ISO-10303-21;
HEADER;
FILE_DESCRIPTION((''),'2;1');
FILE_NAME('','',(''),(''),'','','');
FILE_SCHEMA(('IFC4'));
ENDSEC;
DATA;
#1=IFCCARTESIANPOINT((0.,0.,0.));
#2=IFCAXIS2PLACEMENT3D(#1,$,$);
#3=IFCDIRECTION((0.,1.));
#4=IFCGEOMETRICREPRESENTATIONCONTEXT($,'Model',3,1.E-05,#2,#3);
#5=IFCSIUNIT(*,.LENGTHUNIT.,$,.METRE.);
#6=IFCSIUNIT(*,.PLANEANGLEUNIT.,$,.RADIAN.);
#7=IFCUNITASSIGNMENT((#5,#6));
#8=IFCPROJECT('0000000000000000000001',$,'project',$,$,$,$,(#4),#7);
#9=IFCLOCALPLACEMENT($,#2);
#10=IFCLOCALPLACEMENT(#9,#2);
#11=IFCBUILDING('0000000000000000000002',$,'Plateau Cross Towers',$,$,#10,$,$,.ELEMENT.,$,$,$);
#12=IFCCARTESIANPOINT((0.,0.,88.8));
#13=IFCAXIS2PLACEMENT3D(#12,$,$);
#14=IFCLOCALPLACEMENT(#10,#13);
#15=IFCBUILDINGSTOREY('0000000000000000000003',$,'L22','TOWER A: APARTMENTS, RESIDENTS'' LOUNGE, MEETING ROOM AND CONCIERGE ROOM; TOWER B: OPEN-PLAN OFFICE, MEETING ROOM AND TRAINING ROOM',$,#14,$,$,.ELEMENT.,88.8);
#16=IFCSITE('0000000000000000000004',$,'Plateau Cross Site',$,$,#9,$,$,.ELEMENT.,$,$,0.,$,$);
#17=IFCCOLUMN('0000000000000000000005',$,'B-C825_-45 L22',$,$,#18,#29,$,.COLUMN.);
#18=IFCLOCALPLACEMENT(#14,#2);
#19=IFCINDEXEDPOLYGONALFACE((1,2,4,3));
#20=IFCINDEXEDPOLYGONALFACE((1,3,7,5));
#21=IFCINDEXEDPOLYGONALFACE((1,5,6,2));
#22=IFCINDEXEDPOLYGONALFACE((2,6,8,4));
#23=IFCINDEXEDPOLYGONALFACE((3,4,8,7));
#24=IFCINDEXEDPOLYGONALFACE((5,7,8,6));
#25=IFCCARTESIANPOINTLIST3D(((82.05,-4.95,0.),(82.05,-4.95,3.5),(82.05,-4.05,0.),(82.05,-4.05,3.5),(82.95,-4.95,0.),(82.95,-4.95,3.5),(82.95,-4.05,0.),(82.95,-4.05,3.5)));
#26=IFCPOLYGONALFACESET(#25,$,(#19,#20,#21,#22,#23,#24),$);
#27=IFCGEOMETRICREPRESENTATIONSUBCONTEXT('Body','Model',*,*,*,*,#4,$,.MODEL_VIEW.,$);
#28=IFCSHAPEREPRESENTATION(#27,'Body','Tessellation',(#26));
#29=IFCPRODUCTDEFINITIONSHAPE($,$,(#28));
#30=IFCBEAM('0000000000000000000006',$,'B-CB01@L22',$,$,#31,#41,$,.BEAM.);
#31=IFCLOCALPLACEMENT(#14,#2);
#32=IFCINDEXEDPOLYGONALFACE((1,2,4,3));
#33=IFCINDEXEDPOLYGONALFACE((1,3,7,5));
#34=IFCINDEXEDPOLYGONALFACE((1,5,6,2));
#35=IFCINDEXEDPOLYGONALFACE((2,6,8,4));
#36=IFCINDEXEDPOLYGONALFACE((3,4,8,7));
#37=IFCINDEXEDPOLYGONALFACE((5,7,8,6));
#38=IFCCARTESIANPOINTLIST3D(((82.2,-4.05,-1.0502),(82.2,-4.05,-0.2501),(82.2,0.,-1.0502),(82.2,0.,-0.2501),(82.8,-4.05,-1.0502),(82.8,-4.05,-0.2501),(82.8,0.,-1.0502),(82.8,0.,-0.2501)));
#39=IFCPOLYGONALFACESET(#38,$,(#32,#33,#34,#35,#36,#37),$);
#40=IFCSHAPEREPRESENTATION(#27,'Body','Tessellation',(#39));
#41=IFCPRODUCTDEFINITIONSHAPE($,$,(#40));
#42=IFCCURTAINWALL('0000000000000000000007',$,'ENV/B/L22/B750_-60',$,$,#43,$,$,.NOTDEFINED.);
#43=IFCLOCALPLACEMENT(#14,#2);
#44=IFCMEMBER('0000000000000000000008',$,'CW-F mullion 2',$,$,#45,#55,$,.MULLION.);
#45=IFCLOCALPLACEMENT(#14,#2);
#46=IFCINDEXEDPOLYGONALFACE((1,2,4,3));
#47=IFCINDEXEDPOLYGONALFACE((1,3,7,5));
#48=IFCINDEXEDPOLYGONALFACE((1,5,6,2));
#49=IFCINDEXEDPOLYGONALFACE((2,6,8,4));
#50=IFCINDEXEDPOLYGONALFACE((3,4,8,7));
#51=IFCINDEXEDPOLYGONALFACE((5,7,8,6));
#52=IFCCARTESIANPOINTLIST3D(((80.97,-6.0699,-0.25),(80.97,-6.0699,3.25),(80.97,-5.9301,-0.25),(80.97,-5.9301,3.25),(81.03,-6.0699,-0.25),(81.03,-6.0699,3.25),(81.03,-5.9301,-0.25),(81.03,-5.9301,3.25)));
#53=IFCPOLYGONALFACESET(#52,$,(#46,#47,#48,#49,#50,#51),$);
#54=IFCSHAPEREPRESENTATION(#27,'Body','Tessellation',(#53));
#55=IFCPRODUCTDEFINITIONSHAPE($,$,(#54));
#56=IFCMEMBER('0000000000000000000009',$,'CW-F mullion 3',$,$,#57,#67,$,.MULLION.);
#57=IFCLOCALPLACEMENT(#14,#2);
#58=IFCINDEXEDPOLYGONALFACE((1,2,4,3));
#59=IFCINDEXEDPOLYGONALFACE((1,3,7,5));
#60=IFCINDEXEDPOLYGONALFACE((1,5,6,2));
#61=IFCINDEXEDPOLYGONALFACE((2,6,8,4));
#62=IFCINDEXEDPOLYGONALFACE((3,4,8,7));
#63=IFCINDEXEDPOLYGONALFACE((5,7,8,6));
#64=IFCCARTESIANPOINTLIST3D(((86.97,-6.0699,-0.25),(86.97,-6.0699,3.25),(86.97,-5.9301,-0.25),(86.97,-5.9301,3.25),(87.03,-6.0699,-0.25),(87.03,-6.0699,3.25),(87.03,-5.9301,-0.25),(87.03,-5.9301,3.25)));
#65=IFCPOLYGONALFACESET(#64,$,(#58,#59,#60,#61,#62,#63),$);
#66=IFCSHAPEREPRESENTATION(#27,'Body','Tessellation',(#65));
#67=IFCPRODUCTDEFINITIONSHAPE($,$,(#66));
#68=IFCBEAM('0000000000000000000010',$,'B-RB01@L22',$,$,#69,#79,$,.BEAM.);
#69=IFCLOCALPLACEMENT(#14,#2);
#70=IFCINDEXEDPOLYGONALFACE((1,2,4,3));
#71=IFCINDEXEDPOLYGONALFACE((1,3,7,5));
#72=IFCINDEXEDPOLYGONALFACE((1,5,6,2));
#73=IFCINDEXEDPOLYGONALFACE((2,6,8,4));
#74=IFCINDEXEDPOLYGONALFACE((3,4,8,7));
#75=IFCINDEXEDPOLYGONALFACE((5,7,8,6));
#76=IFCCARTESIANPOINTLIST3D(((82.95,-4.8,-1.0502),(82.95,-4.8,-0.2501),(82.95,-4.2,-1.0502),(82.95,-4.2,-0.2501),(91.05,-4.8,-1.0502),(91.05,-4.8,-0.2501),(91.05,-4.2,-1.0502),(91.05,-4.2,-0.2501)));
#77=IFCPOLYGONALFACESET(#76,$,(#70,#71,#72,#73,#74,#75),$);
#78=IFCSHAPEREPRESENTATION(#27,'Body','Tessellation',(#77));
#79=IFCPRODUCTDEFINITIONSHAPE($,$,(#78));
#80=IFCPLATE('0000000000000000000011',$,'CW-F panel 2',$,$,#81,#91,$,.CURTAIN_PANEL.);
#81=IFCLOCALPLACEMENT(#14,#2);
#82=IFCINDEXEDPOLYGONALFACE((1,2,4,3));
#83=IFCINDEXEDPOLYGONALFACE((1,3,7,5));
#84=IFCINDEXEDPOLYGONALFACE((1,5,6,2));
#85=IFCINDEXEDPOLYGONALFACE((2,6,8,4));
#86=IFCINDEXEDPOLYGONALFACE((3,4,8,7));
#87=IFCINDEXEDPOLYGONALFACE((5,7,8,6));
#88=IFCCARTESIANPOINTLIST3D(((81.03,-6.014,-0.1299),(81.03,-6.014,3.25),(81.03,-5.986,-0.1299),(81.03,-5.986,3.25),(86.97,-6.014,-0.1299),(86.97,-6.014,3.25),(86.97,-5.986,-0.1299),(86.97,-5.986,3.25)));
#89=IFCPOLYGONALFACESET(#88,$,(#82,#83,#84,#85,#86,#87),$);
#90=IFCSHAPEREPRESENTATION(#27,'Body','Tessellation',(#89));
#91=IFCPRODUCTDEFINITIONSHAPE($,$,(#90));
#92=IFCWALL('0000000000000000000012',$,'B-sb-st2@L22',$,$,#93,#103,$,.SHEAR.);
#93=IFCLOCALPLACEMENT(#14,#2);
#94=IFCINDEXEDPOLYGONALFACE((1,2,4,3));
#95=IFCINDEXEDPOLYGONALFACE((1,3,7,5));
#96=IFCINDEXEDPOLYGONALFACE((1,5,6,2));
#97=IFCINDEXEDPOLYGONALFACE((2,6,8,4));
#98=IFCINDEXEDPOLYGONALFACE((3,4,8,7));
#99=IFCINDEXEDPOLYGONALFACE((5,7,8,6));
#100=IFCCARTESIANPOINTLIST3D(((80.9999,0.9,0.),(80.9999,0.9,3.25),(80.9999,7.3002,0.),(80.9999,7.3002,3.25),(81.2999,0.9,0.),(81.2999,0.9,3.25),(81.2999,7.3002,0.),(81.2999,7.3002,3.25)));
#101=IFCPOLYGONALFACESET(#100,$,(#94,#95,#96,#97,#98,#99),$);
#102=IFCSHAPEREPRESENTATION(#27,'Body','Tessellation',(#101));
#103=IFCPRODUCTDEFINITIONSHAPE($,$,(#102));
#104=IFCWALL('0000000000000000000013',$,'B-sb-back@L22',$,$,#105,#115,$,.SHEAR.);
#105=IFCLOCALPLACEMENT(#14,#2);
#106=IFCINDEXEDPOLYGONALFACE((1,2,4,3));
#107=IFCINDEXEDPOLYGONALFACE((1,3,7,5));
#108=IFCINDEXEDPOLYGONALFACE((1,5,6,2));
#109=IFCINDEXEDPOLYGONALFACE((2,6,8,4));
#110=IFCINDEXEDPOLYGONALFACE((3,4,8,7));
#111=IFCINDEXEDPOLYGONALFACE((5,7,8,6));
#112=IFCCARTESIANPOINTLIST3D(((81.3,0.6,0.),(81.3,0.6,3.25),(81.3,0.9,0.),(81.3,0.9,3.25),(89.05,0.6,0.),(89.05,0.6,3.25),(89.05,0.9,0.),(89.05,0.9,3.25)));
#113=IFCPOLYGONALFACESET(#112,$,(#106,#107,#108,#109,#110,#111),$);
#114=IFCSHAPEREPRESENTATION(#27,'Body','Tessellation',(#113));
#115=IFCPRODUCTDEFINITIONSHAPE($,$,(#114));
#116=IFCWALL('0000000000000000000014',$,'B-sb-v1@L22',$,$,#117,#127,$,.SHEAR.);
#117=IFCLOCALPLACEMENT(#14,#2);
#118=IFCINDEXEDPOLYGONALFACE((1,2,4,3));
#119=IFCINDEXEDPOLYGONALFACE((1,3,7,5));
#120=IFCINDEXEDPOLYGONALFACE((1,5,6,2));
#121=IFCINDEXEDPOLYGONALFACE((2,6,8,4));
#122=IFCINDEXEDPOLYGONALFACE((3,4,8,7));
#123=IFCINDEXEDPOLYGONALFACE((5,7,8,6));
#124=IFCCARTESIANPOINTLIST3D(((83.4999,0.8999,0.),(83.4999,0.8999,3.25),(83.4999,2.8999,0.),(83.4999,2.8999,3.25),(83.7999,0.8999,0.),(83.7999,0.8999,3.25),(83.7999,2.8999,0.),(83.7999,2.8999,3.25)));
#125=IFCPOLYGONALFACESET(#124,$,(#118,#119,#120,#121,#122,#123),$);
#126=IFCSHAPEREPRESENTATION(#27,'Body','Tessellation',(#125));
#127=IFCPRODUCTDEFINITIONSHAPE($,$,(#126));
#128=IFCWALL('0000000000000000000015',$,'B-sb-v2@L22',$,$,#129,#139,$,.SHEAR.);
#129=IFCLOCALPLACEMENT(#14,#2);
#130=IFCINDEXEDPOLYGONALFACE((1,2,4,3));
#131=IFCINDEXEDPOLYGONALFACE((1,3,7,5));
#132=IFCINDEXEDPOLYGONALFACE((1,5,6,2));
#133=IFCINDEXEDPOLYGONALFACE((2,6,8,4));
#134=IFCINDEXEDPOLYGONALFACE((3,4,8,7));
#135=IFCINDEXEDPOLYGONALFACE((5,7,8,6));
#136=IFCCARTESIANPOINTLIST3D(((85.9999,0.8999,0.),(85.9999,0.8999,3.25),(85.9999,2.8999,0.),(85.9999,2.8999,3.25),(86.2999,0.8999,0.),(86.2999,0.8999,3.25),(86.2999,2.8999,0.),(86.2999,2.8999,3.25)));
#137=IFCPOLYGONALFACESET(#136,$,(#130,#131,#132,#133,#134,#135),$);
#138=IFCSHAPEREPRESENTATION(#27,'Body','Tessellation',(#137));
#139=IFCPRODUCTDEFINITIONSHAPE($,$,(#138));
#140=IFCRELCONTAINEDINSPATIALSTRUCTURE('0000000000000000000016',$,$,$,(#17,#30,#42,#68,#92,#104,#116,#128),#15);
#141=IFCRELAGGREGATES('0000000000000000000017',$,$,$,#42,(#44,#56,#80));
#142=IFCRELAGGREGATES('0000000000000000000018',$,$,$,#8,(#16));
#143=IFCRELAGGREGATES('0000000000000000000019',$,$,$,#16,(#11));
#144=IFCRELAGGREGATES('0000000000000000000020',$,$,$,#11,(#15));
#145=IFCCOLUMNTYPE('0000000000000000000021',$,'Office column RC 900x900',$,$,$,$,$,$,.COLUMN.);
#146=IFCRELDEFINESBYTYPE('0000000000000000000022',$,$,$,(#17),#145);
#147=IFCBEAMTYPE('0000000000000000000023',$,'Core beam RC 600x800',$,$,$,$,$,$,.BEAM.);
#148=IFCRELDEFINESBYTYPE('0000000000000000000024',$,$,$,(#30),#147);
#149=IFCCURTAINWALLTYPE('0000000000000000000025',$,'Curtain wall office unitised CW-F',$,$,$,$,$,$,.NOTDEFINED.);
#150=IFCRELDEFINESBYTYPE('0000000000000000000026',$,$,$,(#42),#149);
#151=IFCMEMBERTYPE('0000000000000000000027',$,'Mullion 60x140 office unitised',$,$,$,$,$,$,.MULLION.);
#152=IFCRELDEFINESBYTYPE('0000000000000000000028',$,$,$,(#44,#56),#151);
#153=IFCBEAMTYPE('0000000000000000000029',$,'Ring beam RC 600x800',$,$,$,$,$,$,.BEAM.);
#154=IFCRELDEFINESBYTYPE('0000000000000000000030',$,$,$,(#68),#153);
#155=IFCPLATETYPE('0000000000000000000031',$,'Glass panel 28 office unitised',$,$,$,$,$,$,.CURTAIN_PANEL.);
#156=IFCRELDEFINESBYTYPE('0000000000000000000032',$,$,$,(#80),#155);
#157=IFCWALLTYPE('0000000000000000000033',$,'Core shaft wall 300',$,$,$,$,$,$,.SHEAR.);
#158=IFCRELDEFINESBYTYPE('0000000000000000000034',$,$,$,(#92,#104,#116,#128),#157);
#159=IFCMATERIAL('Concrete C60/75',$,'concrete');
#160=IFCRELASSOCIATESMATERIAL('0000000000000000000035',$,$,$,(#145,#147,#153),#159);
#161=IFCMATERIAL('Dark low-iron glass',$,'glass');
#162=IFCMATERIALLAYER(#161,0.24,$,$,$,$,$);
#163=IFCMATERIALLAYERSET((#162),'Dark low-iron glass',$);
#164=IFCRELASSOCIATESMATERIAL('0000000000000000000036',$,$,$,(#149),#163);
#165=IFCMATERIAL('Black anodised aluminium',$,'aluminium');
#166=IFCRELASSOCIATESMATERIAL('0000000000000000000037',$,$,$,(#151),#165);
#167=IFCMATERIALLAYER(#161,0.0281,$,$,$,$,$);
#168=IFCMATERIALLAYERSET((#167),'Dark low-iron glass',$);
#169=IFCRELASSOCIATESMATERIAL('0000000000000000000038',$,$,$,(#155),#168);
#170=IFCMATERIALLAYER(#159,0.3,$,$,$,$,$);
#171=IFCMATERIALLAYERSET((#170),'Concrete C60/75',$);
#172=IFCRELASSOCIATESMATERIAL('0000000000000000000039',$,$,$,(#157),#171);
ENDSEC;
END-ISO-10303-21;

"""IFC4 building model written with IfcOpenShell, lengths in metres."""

from ifc_helpers import new_model, si_unit, direction, frame, frame_2d, origin, origin_2d, place, context, subcontext, project, spatial, rectangle, extrude, material, layer, layer_set, material_profile, profile_set, type_object, element, aggregate, save


model = new_model("IFC4")

# Units and contexts
model_context = context("Model", 3, precision=1e-05, world=origin(), true_north=direction((0.0, 1.0)))
body_context = subcontext(model_context, "Body", "Model", "MODEL_VIEW")
ifc_project = project(units=[si_unit("LENGTHUNIT", "METRE"), si_unit("PLANEANGLEUNIT", "RADIAN")], contexts=[model_context])

# Site, building, storey
site_placement = place(None, origin())
site = spatial("IfcSite", under=ifc_project, at=site_placement, Name="Plateau Cross Site", CompositionType="ELEMENT", RefElevation=0.0)
building_placement = place(site_placement, origin())
building = spatial("IfcBuilding", under=site, at=building_placement, Name="Plateau Cross Towers", CompositionType="ELEMENT")
storey_placement = place(building_placement, frame((0.0, 0.0, 88.8)))
storey = spatial("IfcBuildingStorey", under=building, at=storey_placement, Name="L22", Description="TOWER A: APARTMENTS, RESIDENTS' LOUNGE, MEETING ROOM AND CONCIERGE ROOM; TOWER B: OPEN-PLAN OFFICE, MEETING ROOM AND TRAINING ROOM", CompositionType="ELEMENT", Elevation=88.8)

# Column
ifc_material_1 = material(Name="Concrete C60/75", Category="concrete")
ifc_material_profile_1 = material_profile(ifc_material_1, rectangle(XDim=0.8999, YDim=0.8999, at=origin_2d()), Name="RC 900x900")
ifc_profile_set_1 = profile_set([ifc_material_profile_1], Name="Concrete C60/75")
column_type = type_object("IfcColumnType", Name="Office column RC 900x900", PredefinedType="COLUMN", material=ifc_profile_set_1)
column_placement = place(storey_placement, frame((82.5, -4.5, 0.0), z_axis=(0.0, 0.0, 1.0), x_axis=(1.0, 0.0, 0.0)))
element("IfcColumn", 1, at=column_placement, inside=storey, type_object=column_type, Name="B-C825_-45 L22", PredefinedType="COLUMN", context=body_context, shape_type="SweptSolid", body=[
    extrude(rectangle(XDim=0.8999, YDim=0.8999, at=origin_2d()), origin(), (0.0, 0.0, 1.0), 3.5),
])

# Beam
ifc_material_profile_2 = material_profile(ifc_material_1, rectangle(XDim=0.6001, YDim=0.8, at=origin_2d()), Name="RC 600x800")
ifc_profile_set_2 = profile_set([ifc_material_profile_2], Name="Concrete C60/75")
beam_type_1 = type_object("IfcBeamType", Name="Core beam RC 600x800", PredefinedType="BEAM", material=ifc_profile_set_2)
beam_1_placement = place(storey_placement, frame((82.5, 0.0, -0.6501), z_axis=(0.0, -1.0, 0.0), x_axis=(1.0, 0.0, 0.0)))
element("IfcBeam", 2, at=beam_1_placement, inside=storey, type_object=beam_type_1, Name="B-CB01@L22", PredefinedType="BEAM", context=body_context, shape_type="SweptSolid", body=[
    extrude(rectangle(XDim=0.6001, YDim=0.8, at=origin_2d()), origin(), (0.0, 0.0, 1.0), 4.05),
])

# Curtain wall, members
ifc_material_2 = material(Name="Dark low-iron glass", Category="glass")
ifc_layer_1 = layer(ifc_material_2, 0.24)
ifc_layer_set_1 = layer_set([ifc_layer_1], Name="Dark low-iron glass")
curtain_wall_type = type_object("IfcCurtainWallType", Name="Curtain wall office unitised CW-F", PredefinedType="NOTDEFINED", material=ifc_layer_set_1)
curtain_wall_placement = place(storey_placement, origin())
curtain_wall = element("IfcCurtainWall", 3, at=curtain_wall_placement, inside=storey, type_object=curtain_wall_type, Name="ENV/B/L22/B750_-60", PredefinedType="NOTDEFINED")
ifc_material_3 = material(Name="Black anodised aluminium", Category="aluminium")
ifc_material_profile_3 = material_profile(ifc_material_3, rectangle(XDim=0.0601, YDim=0.1399, at=origin_2d()), Name="MULLION 60x140")
ifc_profile_set_3 = profile_set([ifc_material_profile_3], Name="Black anodised aluminium")
member_type = type_object("IfcMemberType", Name="Mullion 60x140 office unitised", PredefinedType="MULLION", material=ifc_profile_set_3)
member_1_placement = place(storey_placement, frame((81.0, -6.0, -0.25), z_axis=(0.0, 0.0, 1.0), x_axis=(1.0, 0.0, 0.0)))
member_1 = element("IfcMember", 4, at=member_1_placement, type_object=member_type, Name="CW-F mullion 2", PredefinedType="MULLION", context=body_context, shape_type="SweptSolid", body=[
    extrude(rectangle(XDim=0.0601, YDim=0.1399, at=origin_2d()), origin(), (0.0, 0.0, 1.0), 3.5),
])
member_2_placement = place(storey_placement, frame((87.0, -6.0, -0.25), z_axis=(0.0, 0.0, 1.0), x_axis=(1.0, 0.0, 0.0)))
member_2 = element("IfcMember", 5, at=member_2_placement, type_object=member_type, Name="CW-F mullion 3", PredefinedType="MULLION", context=body_context, shape_type="SweptSolid", body=[
    extrude(rectangle(XDim=0.0601, YDim=0.1399, at=origin_2d()), origin(), (0.0, 0.0, 1.0), 3.5),
])

# Beam
ifc_material_profile_4 = material_profile(ifc_material_1, rectangle(XDim=0.6001, YDim=0.8, at=origin_2d()), Name="RC 600x800")
ifc_profile_set_4 = profile_set([ifc_material_profile_4], Name="Concrete C60/75")
beam_type_2 = type_object("IfcBeamType", Name="Ring beam RC 600x800", PredefinedType="BEAM", material=ifc_profile_set_4)
beam_2_placement = place(storey_placement, frame((82.95, -4.5, -0.6501), z_axis=(1.0, 0.0, 0.0), x_axis=(0.0, 1.0, 0.0)))
element("IfcBeam", 6, at=beam_2_placement, inside=storey, type_object=beam_type_2, Name="B-RB01@L22", PredefinedType="BEAM", context=body_context, shape_type="SweptSolid", body=[
    extrude(rectangle(XDim=0.6001, YDim=0.8, at=origin_2d()), origin(), (0.0, 0.0, 1.0), 8.1001),
])

# Plate
ifc_layer_2 = layer(ifc_material_2, 0.0281)
ifc_layer_set_2 = layer_set([ifc_layer_2], Name="Dark low-iron glass")
plate_type = type_object("IfcPlateType", Name="Glass panel 28 office unitised", PredefinedType="CURTAIN_PANEL", material=ifc_layer_set_2)
plate_placement = place(storey_placement, frame((84.0, -6.0, -0.1299), z_axis=(0.0, 0.0, 1.0), x_axis=(1.0, 0.0, 0.0)))
plate = element("IfcPlate", 7, at=plate_placement, type_object=plate_type, Name="CW-F panel 2", PredefinedType="CURTAIN_PANEL", context=body_context, shape_type="SweptSolid", body=[
    extrude(rectangle(XDim=5.9399, YDim=0.0281, at=origin_2d()), origin(), (0.0, 0.0, 1.0), 3.3799),
])
aggregate(curtain_wall, [member_1, member_2, plate])

# Walls
ifc_layer_3 = layer(ifc_material_1, 0.3)
ifc_layer_set_3 = layer_set([ifc_layer_3], Name="Concrete C60/75")
wall_type_1 = type_object("IfcWallType", Name="Core shaft wall 300", PredefinedType="SHEAR", material=ifc_layer_set_3)
wall_1_placement = place(storey_placement, frame((81.1499, 0.8999, 0.0), z_axis=(0.0, 0.0, 1.0), x_axis=(0.0, 1.0, 0.0)))
element("IfcWall", 8, at=wall_1_placement, inside=storey, type_object=wall_type_1, Name="B-sb-st2@L22", PredefinedType="SHEAR", context=body_context, shape_type="SweptSolid", body=[
    extrude(rectangle(XDim=6.4001, YDim=0.3, at=frame_2d((3.2002, 0.0))), origin(), (0.0, 0.0, 1.0), 3.25),
])
wall_2_placement = place(storey_placement, frame((81.3, 0.75, 0.0), z_axis=(0.0, 0.0, 1.0), x_axis=(1.0, 0.0, 0.0)))
element("IfcWall", 9, at=wall_2_placement, inside=storey, type_object=wall_type_1, Name="B-sb-back@L22", PredefinedType="SHEAR", context=body_context, shape_type="SweptSolid", body=[
    extrude(rectangle(XDim=7.75, YDim=0.3, at=frame_2d((3.875, 0.0))), origin(), (0.0, 0.0, 1.0), 3.25),
])
for number, where, z_axis, x_axis, name in (
    (10, (83.6499, 0.8999, 0.0), (0.0, 0.0, 1.0), (0.0, 1.0, 0.0), "B-sb-v1@L22"),
    (11, (86.1499, 0.8999, 0.0), (0.0, 0.0, 1.0), (0.0, 1.0, 0.0), "B-sb-v2@L22"),
):
    element("IfcWall", number, at=place(storey_placement, frame(where, z_axis=z_axis, x_axis=x_axis)), inside=storey, type_object=wall_type_1, Name=name, PredefinedType="SHEAR", context=body_context, shape_type="SweptSolid", body=[
        extrude(rectangle(XDim=2.0, YDim=0.3, at=frame_2d((1.0, 0.0))), origin(), (0.0, 0.0, 1.0), 3.25),
    ])

save(model, "model.ifc")
